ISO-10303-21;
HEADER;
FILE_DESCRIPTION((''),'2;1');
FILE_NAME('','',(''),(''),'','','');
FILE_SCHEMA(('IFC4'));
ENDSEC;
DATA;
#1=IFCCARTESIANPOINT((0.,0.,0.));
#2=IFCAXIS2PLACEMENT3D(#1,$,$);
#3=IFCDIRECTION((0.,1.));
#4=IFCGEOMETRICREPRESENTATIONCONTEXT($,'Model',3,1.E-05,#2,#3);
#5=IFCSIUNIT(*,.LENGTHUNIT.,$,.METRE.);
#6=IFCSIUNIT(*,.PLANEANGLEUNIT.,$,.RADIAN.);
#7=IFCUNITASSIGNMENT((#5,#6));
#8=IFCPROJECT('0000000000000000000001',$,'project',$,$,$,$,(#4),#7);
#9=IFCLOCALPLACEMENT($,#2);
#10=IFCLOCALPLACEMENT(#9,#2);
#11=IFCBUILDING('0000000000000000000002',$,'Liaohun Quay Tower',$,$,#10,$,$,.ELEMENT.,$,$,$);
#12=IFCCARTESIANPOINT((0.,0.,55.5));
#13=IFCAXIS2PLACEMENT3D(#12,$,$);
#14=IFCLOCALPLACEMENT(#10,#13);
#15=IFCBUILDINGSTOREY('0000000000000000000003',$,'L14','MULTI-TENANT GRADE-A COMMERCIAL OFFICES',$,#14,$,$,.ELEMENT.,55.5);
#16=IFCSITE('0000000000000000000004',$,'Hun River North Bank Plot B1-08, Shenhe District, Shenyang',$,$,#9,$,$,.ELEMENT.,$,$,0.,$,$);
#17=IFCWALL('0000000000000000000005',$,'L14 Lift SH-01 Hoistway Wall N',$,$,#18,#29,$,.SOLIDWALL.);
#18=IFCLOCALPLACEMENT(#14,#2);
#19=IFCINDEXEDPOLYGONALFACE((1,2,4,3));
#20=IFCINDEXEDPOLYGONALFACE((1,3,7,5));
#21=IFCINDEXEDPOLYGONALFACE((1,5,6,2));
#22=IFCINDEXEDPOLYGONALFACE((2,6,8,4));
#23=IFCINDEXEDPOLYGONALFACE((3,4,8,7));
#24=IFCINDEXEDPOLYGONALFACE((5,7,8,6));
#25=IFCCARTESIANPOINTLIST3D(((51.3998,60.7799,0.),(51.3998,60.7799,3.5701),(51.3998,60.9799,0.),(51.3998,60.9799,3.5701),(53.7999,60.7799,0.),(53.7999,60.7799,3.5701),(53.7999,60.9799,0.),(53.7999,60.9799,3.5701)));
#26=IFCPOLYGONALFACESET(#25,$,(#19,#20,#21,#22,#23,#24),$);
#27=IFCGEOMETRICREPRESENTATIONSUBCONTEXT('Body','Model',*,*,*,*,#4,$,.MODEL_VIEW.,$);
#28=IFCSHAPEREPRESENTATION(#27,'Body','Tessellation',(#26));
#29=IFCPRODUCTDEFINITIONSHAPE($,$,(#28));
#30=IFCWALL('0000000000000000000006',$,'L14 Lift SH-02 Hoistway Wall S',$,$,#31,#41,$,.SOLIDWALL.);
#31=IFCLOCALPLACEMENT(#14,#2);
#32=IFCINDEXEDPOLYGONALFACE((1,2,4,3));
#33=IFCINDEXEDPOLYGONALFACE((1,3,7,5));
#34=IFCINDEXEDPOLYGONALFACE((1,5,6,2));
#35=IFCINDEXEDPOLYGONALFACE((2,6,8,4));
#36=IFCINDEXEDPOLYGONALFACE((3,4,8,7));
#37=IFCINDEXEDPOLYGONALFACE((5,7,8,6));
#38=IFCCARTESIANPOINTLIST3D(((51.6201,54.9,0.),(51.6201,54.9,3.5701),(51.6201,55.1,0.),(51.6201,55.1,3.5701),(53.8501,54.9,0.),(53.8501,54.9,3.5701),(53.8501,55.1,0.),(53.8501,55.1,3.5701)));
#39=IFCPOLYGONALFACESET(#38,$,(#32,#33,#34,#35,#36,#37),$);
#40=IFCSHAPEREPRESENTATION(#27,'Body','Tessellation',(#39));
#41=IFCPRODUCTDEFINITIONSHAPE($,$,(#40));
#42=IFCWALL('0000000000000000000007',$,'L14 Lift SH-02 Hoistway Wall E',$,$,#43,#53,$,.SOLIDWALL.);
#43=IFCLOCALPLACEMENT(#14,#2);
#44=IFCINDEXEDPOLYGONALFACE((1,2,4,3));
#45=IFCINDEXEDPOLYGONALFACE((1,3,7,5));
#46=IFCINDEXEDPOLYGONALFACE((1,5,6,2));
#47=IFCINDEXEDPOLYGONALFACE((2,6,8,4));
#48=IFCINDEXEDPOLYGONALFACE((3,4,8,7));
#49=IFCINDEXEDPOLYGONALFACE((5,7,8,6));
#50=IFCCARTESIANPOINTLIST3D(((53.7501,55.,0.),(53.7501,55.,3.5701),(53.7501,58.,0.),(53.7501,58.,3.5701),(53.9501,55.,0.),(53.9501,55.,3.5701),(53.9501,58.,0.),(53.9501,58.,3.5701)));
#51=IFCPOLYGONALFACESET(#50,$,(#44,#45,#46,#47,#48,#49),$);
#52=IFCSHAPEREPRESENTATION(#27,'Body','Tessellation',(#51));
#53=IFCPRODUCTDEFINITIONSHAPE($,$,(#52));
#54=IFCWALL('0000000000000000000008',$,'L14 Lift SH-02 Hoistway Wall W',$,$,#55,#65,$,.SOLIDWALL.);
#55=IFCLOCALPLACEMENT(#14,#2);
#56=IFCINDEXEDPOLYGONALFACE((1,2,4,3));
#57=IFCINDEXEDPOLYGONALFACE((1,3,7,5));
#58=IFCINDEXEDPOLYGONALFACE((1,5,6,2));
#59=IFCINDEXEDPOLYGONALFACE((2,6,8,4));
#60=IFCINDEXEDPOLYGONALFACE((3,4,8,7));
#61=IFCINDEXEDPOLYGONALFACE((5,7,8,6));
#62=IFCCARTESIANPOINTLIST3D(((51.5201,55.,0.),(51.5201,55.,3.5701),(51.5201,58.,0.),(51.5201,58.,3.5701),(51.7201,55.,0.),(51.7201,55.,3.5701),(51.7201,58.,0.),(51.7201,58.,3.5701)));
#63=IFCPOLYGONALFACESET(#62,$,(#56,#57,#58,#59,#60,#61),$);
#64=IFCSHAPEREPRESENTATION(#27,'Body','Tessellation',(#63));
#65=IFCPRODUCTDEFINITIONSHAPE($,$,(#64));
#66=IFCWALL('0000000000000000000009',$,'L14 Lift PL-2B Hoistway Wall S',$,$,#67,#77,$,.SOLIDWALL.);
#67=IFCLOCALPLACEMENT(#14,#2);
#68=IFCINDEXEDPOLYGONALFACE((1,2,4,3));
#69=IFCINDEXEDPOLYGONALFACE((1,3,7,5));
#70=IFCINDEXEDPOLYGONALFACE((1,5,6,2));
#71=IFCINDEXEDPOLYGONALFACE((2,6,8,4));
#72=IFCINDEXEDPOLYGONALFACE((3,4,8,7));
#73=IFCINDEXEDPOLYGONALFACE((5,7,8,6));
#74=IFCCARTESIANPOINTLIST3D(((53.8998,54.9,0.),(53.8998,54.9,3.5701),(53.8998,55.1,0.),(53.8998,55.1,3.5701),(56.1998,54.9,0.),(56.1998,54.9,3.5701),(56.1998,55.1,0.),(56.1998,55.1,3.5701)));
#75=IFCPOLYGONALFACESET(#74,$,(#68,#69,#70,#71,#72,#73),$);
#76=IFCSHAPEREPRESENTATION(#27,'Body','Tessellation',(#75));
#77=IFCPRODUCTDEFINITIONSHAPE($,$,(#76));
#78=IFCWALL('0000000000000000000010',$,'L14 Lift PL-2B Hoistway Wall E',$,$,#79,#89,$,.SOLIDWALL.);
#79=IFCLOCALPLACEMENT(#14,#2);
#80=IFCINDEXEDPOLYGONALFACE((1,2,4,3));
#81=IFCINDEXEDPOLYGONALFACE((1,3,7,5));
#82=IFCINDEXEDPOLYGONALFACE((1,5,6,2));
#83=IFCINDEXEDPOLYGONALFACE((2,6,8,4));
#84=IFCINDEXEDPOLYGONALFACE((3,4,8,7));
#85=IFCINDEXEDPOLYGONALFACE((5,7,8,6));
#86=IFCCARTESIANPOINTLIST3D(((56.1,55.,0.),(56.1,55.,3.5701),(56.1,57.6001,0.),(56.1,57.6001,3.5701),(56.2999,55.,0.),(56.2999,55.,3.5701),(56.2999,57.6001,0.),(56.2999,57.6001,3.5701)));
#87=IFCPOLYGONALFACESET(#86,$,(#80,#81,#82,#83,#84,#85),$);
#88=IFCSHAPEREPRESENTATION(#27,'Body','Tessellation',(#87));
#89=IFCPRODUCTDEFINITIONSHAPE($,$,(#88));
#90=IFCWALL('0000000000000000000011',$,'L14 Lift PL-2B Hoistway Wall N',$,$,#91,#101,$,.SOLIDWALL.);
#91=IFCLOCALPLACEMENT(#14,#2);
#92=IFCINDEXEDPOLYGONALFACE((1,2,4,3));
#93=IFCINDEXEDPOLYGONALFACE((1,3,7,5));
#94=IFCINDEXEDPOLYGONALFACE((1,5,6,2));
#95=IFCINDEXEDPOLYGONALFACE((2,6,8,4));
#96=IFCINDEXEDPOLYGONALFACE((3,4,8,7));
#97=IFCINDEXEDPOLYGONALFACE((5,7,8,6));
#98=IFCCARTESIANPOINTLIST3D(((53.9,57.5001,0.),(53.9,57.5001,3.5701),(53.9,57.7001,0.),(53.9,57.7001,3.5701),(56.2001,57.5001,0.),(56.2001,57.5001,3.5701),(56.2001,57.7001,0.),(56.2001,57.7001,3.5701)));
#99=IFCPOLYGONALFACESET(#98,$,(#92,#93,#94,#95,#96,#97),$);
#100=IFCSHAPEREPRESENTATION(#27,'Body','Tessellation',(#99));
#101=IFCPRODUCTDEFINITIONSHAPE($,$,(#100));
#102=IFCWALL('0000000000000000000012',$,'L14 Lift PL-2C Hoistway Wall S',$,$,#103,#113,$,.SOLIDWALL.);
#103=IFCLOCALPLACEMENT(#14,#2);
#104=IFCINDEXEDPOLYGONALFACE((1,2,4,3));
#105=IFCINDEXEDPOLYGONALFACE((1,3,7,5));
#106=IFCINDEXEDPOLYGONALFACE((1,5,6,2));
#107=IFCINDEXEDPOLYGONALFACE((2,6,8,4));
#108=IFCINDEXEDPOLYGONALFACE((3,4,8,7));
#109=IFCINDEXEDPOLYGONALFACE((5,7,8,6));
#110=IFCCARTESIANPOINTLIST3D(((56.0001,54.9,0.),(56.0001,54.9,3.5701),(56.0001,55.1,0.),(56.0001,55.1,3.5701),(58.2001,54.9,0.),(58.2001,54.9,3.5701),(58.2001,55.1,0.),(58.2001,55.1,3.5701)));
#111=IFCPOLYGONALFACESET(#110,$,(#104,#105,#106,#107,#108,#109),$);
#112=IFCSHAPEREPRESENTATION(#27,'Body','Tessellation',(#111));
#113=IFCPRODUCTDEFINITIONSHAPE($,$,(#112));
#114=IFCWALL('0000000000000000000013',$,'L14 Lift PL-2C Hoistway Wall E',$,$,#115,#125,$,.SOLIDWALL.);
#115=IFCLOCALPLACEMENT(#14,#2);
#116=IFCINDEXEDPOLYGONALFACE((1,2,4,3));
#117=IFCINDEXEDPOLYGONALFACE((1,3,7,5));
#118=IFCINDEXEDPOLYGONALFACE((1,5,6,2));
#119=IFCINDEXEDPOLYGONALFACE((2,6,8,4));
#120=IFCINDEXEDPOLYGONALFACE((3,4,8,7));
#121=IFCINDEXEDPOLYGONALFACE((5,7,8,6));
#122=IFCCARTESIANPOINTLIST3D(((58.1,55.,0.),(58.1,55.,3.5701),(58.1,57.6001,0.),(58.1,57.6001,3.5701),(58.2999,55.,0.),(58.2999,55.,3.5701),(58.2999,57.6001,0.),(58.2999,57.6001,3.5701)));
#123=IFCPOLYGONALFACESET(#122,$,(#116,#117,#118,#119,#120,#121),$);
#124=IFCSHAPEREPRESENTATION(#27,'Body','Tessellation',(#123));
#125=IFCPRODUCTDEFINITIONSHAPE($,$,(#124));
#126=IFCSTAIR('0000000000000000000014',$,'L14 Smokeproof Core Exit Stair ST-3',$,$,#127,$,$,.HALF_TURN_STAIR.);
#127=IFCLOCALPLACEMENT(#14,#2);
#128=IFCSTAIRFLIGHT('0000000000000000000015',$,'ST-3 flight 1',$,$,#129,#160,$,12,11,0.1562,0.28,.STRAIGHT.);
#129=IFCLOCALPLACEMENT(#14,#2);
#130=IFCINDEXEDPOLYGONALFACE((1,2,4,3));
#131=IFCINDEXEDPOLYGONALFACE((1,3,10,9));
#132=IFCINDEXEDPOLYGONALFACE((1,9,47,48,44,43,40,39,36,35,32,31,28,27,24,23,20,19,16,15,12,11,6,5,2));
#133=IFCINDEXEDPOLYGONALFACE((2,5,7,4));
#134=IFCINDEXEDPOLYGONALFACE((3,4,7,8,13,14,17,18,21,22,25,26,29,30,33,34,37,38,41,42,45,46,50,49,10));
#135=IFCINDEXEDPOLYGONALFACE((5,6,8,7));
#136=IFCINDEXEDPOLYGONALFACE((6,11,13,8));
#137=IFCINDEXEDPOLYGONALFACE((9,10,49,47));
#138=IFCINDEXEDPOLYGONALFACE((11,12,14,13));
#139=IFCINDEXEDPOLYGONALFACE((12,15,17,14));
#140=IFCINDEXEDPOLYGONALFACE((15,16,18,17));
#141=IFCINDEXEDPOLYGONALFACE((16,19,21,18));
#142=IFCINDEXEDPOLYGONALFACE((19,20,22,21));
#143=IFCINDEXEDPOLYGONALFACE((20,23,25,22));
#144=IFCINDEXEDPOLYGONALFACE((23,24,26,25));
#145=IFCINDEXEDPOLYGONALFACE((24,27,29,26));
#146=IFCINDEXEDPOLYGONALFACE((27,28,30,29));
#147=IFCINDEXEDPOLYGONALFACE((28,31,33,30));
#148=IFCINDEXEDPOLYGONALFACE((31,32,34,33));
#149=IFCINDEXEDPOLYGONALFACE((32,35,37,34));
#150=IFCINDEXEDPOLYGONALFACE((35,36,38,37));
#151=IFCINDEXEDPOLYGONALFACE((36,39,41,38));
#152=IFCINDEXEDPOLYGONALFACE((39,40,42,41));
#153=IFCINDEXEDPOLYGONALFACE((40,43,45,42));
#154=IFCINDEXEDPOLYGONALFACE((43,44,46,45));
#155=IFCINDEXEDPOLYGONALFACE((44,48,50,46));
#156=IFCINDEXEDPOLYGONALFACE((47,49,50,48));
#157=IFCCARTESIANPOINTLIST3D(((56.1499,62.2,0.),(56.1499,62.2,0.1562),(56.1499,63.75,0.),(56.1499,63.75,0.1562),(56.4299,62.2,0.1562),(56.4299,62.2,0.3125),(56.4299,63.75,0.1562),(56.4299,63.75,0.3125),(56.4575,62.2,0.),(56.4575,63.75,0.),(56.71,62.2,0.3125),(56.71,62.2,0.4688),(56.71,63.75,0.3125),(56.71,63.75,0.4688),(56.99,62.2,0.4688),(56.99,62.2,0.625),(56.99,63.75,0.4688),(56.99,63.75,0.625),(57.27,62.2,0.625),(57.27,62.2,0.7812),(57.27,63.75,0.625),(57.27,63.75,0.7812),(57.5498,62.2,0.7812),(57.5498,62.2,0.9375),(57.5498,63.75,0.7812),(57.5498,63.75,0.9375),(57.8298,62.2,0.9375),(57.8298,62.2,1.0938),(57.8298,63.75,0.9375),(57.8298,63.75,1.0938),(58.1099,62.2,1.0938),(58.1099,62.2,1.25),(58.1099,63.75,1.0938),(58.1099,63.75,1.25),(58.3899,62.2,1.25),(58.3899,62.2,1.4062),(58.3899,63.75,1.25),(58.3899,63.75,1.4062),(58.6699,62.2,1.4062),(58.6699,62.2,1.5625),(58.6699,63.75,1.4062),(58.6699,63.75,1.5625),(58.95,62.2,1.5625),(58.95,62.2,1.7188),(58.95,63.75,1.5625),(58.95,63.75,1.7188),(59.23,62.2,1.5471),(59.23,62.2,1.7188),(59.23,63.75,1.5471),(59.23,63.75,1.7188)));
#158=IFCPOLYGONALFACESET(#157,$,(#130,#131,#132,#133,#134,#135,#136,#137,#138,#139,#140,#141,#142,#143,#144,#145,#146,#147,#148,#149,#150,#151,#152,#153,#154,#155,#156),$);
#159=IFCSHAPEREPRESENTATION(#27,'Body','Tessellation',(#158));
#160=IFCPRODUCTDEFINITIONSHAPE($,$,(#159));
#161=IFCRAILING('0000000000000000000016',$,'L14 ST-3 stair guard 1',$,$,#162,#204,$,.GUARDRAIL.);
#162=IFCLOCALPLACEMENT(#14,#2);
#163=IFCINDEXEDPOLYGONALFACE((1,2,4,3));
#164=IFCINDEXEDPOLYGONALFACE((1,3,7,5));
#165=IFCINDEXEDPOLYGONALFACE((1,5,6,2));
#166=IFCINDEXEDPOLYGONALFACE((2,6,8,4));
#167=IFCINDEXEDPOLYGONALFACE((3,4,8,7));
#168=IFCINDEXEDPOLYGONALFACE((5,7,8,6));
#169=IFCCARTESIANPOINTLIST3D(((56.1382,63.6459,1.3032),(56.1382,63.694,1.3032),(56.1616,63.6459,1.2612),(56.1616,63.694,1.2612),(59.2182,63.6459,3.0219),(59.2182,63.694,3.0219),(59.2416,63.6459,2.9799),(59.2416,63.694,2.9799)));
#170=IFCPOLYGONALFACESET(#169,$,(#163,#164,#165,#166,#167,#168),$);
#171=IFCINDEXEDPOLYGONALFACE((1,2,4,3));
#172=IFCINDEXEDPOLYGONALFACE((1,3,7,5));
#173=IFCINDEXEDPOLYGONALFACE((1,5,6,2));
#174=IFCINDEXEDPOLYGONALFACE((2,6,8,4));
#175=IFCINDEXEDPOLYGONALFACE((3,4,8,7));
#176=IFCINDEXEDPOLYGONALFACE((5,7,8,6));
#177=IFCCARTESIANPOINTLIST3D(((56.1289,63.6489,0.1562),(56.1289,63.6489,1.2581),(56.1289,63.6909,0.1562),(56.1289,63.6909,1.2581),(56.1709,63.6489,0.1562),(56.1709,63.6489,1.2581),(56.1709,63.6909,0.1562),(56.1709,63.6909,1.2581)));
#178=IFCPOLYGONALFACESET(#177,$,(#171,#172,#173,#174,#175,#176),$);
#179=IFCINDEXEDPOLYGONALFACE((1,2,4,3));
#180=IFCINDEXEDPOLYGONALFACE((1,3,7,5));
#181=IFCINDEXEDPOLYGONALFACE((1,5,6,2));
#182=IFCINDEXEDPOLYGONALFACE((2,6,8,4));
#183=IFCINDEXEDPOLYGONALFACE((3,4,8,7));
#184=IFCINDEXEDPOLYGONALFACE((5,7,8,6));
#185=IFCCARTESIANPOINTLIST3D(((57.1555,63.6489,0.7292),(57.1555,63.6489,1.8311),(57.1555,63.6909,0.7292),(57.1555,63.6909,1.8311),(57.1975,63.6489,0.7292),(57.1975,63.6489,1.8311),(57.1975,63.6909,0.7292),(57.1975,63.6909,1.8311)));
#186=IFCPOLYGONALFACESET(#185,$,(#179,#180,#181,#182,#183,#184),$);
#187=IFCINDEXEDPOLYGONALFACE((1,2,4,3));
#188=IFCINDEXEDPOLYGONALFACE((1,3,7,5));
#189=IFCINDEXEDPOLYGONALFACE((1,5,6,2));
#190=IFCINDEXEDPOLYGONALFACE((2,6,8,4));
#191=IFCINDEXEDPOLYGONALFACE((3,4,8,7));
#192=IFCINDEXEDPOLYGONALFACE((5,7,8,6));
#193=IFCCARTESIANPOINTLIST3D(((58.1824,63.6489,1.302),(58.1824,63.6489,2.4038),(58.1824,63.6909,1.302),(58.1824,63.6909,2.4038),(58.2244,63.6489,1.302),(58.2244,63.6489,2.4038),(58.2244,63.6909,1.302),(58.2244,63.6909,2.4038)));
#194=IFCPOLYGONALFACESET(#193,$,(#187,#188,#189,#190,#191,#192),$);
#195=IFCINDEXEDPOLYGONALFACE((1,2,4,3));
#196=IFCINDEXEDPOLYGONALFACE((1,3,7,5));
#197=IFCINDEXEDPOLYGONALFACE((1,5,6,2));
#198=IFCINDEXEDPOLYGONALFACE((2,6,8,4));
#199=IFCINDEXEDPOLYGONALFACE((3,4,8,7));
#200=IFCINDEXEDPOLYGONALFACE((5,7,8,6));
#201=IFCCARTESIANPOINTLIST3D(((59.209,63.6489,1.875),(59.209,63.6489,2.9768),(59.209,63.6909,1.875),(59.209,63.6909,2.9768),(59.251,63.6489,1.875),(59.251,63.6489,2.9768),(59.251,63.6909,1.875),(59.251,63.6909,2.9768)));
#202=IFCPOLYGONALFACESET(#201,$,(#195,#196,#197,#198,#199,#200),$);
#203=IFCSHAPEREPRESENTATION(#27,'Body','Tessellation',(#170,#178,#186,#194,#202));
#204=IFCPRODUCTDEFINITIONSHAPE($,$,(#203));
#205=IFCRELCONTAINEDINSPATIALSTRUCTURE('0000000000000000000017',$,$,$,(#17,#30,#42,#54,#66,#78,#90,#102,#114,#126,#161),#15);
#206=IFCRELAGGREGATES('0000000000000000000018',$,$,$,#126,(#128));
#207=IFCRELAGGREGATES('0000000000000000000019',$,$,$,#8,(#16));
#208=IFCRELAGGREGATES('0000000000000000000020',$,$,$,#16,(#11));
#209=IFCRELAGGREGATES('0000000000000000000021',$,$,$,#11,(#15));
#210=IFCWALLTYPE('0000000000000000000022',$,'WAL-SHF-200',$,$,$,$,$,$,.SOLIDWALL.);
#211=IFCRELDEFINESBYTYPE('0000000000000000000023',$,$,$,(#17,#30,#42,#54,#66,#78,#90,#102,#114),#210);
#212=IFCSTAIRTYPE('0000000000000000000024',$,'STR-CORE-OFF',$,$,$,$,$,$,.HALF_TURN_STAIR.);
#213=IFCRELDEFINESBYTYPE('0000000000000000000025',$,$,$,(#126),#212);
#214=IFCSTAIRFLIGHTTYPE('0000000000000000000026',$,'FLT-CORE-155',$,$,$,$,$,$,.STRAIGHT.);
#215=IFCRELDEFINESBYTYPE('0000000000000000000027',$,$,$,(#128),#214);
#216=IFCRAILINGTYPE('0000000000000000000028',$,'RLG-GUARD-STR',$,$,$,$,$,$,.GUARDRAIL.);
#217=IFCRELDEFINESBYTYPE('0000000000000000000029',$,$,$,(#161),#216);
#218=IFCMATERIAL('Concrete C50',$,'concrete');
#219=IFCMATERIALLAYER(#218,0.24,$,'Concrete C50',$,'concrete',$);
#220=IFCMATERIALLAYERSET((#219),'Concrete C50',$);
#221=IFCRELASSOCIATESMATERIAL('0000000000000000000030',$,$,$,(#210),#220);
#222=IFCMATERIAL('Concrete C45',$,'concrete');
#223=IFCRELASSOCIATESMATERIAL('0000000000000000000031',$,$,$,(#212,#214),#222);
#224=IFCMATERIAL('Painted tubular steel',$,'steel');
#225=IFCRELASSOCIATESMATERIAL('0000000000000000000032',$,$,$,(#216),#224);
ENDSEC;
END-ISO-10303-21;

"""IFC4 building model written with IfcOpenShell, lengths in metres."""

from ifc_helpers import new_model, si_unit, direction, frame, frame_2d, origin, origin_2d, place, context, subcontext, project, spatial, polyline, rectangle, outline, extrude, material, layer, layer_set, type_object, element, aggregate, save


model = new_model("IFC4")

# Units and contexts
model_context = context("Model", 3, precision=1e-05, world=origin(), true_north=direction((0.0, 1.0)))
body_context = subcontext(model_context, "Body", "Model", "MODEL_VIEW")
ifc_project = project(units=[si_unit("LENGTHUNIT", "METRE"), si_unit("PLANEANGLEUNIT", "RADIAN")], contexts=[model_context])

# Site, building, storey
site_placement = place(None, origin())
site = spatial("IfcSite", under=ifc_project, at=site_placement, Name="Hun River North Bank Plot B1-08, Shenhe District, Shenyang", CompositionType="ELEMENT", RefElevation=0.0)
building_placement = place(site_placement, origin())
building = spatial("IfcBuilding", under=site, at=building_placement, Name="Liaohun Quay Tower", CompositionType="ELEMENT")
storey_placement = place(building_placement, frame((0.0, 0.0, 55.5)))
storey = spatial("IfcBuildingStorey", under=building, at=storey_placement, Name="L14", Description="MULTI-TENANT GRADE-A COMMERCIAL OFFICES", CompositionType="ELEMENT", Elevation=55.5)

# Shared definitions
ifc_material_1 = material(Name="Concrete C50", Category="concrete")
ifc_layer_1 = layer(ifc_material_1, 0.24, Name="Concrete C50", Category="concrete")
ifc_layer_set_1 = layer_set([ifc_layer_1], Name="Concrete C50")
wall_type_1 = type_object("IfcWallType", Name="WAL-SHF-200", PredefinedType="SOLIDWALL", material=ifc_layer_set_1)

# Walls
wall_1_placement = place(storey_placement, frame((53.8, 60.8799, 0.0), z_axis=(0.0, 0.0, 1.0), x_axis=(-1.0, 0.0, 0.0)))
element("IfcWall", 1, at=wall_1_placement, inside=storey, type_object=wall_type_1, Name="L14 Lift SH-01 Hoistway Wall N", PredefinedType="SOLIDWALL", context=body_context, shape_type="SweptSolid", body=[
    extrude(rectangle(XDim=2.4001, YDim=0.2, at=frame_2d((1.2002, 0.0))), origin(), (0.0, 0.0, 1.0), 3.5701),
])
wall_2_placement = place(storey_placement, frame((51.6201, 55.0, 0.0), z_axis=(0.0, 0.0, 1.0), x_axis=(1.0, 0.0, 0.0)))
element("IfcWall", 2, at=wall_2_placement, inside=storey, type_object=wall_type_1, Name="L14 Lift SH-02 Hoistway Wall S", PredefinedType="SOLIDWALL", context=body_context, shape_type="SweptSolid", body=[
    extrude(rectangle(XDim=2.23, YDim=0.2, at=frame_2d((1.115, 0.0))), origin(), (0.0, 0.0, 1.0), 3.5701),
])
for number, where, z_axis, x_axis, name in (
    (3, (53.8501, 55.0, 0.0), (0.0, 0.0, 1.0), (0.0, 1.0, 0.0), "L14 Lift SH-02 Hoistway Wall E"),
    (4, (51.6201, 58.0, 0.0), (0.0, 0.0, 1.0), (0.0, -1.0, 0.0), "L14 Lift SH-02 Hoistway Wall W"),
):
    element("IfcWall", number, at=place(storey_placement, frame(where, z_axis=z_axis, x_axis=x_axis)), inside=storey, type_object=wall_type_1, Name=name, PredefinedType="SOLIDWALL", context=body_context, shape_type="SweptSolid", body=[
        extrude(rectangle(XDim=3.0, YDim=0.2, at=frame_2d((1.5, 0.0))), origin(), (0.0, 0.0, 1.0), 3.5701),
    ])
wall_3_placement = place(storey_placement, frame((53.8999, 55.0, 0.0), z_axis=(0.0, 0.0, 1.0), x_axis=(1.0, 0.0, 0.0)))
element("IfcWall", 5, at=wall_3_placement, inside=storey, type_object=wall_type_1, Name="L14 Lift PL-2B Hoistway Wall S", PredefinedType="SOLIDWALL", context=body_context, shape_type="SweptSolid", body=[
    extrude(rectangle(XDim=2.3, YDim=0.2, at=frame_2d((1.1499, 0.0))), origin(), (0.0, 0.0, 1.0), 3.5701),
])
wall_4_placement = place(storey_placement, frame((56.2, 55.0, 0.0), z_axis=(0.0, 0.0, 1.0), x_axis=(0.0, 1.0, 0.0)))
element("IfcWall", 6, at=wall_4_placement, inside=storey, type_object=wall_type_1, Name="L14 Lift PL-2B Hoistway Wall E", PredefinedType="SOLIDWALL", context=body_context, shape_type="SweptSolid", body=[
    extrude(rectangle(XDim=2.6001, YDim=0.2, at=frame_2d((1.3, 0.0))), origin(), (0.0, 0.0, 1.0), 3.5701),
])
wall_5_placement = place(storey_placement, frame((56.2, 57.6001, 0.0), z_axis=(0.0, 0.0, 1.0), x_axis=(-1.0, 0.0, 0.0)))
element("IfcWall", 7, at=wall_5_placement, inside=storey, type_object=wall_type_1, Name="L14 Lift PL-2B Hoistway Wall N", PredefinedType="SOLIDWALL", context=body_context, shape_type="SweptSolid", body=[
    extrude(rectangle(XDim=2.3, YDim=0.2, at=frame_2d((1.1499, 0.0))), origin(), (0.0, 0.0, 1.0), 3.5701),
])
wall_6_placement = place(storey_placement, frame((56.0, 55.0, 0.0), z_axis=(0.0, 0.0, 1.0), x_axis=(1.0, 0.0, 0.0)))
element("IfcWall", 8, at=wall_6_placement, inside=storey, type_object=wall_type_1, Name="L14 Lift PL-2C Hoistway Wall S", PredefinedType="SOLIDWALL", context=body_context, shape_type="SweptSolid", body=[
    extrude(rectangle(XDim=2.2, YDim=0.2, at=frame_2d((1.1001, 0.0))), origin(), (0.0, 0.0, 1.0), 3.5701),
])
wall_7_placement = place(storey_placement, frame((58.2, 55.0, 0.0), z_axis=(0.0, 0.0, 1.0), x_axis=(0.0, 1.0, 0.0)))
element("IfcWall", 9, at=wall_7_placement, inside=storey, type_object=wall_type_1, Name="L14 Lift PL-2C Hoistway Wall E", PredefinedType="SOLIDWALL", context=body_context, shape_type="SweptSolid", body=[
    extrude(rectangle(XDim=2.6001, YDim=0.2, at=frame_2d((1.3, 0.0))), origin(), (0.0, 0.0, 1.0), 3.5701),
])

# Stair, stair flight
ifc_material_2 = material(Name="Concrete C45", Category="concrete")
stair_type = type_object("IfcStairType", Name="STR-CORE-OFF", PredefinedType="HALF_TURN_STAIR", material=ifc_material_2)
stair_placement = place(storey_placement, origin())
stair = element("IfcStair", 10, at=stair_placement, inside=storey, type_object=stair_type, Name="L14 Smokeproof Core Exit Stair ST-3", PredefinedType="HALF_TURN_STAIR")
stair_flight_type = type_object("IfcStairFlightType", Name="FLT-CORE-155", PredefinedType="STRAIGHT", material=ifc_material_2)
stair_flight_placement = place(storey_placement, frame((56.1499, 62.9751, 0.0), z_axis=(0.0, 0.0, 1.0), x_axis=(1.0, 0.0, 0.0)))
stair_flight = element("IfcStairFlight", 11, at=stair_flight_placement, type_object=stair_flight_type, Name="ST-3 flight 1", NumberOfRisers=12, NumberOfTreads=11, PredefinedType="STRAIGHT", RiserHeight=0.1562, TreadLength=0.28, context=body_context, shape_type="SweptSolid", body=[
    extrude(outline(polyline([(0.0, 0.0), (0.0, 0.1562), (0.28, 0.1562), (0.28, 0.3125), (0.5601, 0.3125), (0.5601, 0.4688), (0.8401, 0.4688), (0.8401, 0.625), (1.1201, 0.625), (1.1201, 0.7812), (1.3999, 0.7812), (1.3999, 0.9375), (1.6799, 0.9375), (1.6799, 1.0938), (1.96, 1.0938), (1.96, 1.25), (2.24, 1.25), (2.24, 1.4062), (2.52, 1.4062), (2.52, 1.5625), (2.8, 1.5625), (2.8, 1.7188), (3.0801, 1.7188), (3.0801, 1.875), (3.0801, 1.5471), (0.3076, 0.0), (0.0, 0.0)])), frame((0.0, 0.7749, 0.0), z_axis=(0.0, -1.0, 0.0), x_axis=(1.0, 0.0, 0.0)), (0.0, 0.0, 1.0), 1.55),
])
aggregate(stair, [stair_flight])

# Railing
ifc_material_3 = material(Name="Painted tubular steel", Category="steel")
railing_type_1 = type_object("IfcRailingType", Name="RLG-GUARD-STR", PredefinedType="GUARDRAIL", material=ifc_material_3)
railing_1_placement = place(storey_placement, frame((56.1499, 63.6699, 0.1562)))
element("IfcRailing", 12, at=railing_1_placement, inside=storey, type_object=railing_type_1, Name="L14 ST-3 stair guard 1", PredefinedType="GUARDRAIL", context=body_context, shape_type="SweptSolid", body=[
    extrude(rectangle(XDim=0.0481, YDim=0.0481, at=origin_2d()), frame((0.0, 0.0, 1.126), z_axis=(0.873242, 0.0, 0.487288), x_axis=(0.0, 1.0, 0.0)), (0.0, 0.0, 1.0), 3.5271),
    extrude(rectangle(XDim=0.042, YDim=0.042, at=origin_2d()), origin(), (0.0, 0.0, 1.0), 1.1018),
    extrude(rectangle(XDim=0.042, YDim=0.042, at=origin_2d()), frame((1.0266, 0.0, 0.573)), (0.0, 0.0, 1.0), 1.1018),
    extrude(rectangle(XDim=0.042, YDim=0.042, at=origin_2d()), frame((2.0535, 0.0, 1.1458)), (0.0, 0.0, 1.0), 1.1018),
    extrude(rectangle(XDim=0.042, YDim=0.042, at=origin_2d()), frame((3.0801, 0.0, 1.7188)), (0.0, 0.0, 1.0), 1.1018),
])

save(model, "model.ifc")
